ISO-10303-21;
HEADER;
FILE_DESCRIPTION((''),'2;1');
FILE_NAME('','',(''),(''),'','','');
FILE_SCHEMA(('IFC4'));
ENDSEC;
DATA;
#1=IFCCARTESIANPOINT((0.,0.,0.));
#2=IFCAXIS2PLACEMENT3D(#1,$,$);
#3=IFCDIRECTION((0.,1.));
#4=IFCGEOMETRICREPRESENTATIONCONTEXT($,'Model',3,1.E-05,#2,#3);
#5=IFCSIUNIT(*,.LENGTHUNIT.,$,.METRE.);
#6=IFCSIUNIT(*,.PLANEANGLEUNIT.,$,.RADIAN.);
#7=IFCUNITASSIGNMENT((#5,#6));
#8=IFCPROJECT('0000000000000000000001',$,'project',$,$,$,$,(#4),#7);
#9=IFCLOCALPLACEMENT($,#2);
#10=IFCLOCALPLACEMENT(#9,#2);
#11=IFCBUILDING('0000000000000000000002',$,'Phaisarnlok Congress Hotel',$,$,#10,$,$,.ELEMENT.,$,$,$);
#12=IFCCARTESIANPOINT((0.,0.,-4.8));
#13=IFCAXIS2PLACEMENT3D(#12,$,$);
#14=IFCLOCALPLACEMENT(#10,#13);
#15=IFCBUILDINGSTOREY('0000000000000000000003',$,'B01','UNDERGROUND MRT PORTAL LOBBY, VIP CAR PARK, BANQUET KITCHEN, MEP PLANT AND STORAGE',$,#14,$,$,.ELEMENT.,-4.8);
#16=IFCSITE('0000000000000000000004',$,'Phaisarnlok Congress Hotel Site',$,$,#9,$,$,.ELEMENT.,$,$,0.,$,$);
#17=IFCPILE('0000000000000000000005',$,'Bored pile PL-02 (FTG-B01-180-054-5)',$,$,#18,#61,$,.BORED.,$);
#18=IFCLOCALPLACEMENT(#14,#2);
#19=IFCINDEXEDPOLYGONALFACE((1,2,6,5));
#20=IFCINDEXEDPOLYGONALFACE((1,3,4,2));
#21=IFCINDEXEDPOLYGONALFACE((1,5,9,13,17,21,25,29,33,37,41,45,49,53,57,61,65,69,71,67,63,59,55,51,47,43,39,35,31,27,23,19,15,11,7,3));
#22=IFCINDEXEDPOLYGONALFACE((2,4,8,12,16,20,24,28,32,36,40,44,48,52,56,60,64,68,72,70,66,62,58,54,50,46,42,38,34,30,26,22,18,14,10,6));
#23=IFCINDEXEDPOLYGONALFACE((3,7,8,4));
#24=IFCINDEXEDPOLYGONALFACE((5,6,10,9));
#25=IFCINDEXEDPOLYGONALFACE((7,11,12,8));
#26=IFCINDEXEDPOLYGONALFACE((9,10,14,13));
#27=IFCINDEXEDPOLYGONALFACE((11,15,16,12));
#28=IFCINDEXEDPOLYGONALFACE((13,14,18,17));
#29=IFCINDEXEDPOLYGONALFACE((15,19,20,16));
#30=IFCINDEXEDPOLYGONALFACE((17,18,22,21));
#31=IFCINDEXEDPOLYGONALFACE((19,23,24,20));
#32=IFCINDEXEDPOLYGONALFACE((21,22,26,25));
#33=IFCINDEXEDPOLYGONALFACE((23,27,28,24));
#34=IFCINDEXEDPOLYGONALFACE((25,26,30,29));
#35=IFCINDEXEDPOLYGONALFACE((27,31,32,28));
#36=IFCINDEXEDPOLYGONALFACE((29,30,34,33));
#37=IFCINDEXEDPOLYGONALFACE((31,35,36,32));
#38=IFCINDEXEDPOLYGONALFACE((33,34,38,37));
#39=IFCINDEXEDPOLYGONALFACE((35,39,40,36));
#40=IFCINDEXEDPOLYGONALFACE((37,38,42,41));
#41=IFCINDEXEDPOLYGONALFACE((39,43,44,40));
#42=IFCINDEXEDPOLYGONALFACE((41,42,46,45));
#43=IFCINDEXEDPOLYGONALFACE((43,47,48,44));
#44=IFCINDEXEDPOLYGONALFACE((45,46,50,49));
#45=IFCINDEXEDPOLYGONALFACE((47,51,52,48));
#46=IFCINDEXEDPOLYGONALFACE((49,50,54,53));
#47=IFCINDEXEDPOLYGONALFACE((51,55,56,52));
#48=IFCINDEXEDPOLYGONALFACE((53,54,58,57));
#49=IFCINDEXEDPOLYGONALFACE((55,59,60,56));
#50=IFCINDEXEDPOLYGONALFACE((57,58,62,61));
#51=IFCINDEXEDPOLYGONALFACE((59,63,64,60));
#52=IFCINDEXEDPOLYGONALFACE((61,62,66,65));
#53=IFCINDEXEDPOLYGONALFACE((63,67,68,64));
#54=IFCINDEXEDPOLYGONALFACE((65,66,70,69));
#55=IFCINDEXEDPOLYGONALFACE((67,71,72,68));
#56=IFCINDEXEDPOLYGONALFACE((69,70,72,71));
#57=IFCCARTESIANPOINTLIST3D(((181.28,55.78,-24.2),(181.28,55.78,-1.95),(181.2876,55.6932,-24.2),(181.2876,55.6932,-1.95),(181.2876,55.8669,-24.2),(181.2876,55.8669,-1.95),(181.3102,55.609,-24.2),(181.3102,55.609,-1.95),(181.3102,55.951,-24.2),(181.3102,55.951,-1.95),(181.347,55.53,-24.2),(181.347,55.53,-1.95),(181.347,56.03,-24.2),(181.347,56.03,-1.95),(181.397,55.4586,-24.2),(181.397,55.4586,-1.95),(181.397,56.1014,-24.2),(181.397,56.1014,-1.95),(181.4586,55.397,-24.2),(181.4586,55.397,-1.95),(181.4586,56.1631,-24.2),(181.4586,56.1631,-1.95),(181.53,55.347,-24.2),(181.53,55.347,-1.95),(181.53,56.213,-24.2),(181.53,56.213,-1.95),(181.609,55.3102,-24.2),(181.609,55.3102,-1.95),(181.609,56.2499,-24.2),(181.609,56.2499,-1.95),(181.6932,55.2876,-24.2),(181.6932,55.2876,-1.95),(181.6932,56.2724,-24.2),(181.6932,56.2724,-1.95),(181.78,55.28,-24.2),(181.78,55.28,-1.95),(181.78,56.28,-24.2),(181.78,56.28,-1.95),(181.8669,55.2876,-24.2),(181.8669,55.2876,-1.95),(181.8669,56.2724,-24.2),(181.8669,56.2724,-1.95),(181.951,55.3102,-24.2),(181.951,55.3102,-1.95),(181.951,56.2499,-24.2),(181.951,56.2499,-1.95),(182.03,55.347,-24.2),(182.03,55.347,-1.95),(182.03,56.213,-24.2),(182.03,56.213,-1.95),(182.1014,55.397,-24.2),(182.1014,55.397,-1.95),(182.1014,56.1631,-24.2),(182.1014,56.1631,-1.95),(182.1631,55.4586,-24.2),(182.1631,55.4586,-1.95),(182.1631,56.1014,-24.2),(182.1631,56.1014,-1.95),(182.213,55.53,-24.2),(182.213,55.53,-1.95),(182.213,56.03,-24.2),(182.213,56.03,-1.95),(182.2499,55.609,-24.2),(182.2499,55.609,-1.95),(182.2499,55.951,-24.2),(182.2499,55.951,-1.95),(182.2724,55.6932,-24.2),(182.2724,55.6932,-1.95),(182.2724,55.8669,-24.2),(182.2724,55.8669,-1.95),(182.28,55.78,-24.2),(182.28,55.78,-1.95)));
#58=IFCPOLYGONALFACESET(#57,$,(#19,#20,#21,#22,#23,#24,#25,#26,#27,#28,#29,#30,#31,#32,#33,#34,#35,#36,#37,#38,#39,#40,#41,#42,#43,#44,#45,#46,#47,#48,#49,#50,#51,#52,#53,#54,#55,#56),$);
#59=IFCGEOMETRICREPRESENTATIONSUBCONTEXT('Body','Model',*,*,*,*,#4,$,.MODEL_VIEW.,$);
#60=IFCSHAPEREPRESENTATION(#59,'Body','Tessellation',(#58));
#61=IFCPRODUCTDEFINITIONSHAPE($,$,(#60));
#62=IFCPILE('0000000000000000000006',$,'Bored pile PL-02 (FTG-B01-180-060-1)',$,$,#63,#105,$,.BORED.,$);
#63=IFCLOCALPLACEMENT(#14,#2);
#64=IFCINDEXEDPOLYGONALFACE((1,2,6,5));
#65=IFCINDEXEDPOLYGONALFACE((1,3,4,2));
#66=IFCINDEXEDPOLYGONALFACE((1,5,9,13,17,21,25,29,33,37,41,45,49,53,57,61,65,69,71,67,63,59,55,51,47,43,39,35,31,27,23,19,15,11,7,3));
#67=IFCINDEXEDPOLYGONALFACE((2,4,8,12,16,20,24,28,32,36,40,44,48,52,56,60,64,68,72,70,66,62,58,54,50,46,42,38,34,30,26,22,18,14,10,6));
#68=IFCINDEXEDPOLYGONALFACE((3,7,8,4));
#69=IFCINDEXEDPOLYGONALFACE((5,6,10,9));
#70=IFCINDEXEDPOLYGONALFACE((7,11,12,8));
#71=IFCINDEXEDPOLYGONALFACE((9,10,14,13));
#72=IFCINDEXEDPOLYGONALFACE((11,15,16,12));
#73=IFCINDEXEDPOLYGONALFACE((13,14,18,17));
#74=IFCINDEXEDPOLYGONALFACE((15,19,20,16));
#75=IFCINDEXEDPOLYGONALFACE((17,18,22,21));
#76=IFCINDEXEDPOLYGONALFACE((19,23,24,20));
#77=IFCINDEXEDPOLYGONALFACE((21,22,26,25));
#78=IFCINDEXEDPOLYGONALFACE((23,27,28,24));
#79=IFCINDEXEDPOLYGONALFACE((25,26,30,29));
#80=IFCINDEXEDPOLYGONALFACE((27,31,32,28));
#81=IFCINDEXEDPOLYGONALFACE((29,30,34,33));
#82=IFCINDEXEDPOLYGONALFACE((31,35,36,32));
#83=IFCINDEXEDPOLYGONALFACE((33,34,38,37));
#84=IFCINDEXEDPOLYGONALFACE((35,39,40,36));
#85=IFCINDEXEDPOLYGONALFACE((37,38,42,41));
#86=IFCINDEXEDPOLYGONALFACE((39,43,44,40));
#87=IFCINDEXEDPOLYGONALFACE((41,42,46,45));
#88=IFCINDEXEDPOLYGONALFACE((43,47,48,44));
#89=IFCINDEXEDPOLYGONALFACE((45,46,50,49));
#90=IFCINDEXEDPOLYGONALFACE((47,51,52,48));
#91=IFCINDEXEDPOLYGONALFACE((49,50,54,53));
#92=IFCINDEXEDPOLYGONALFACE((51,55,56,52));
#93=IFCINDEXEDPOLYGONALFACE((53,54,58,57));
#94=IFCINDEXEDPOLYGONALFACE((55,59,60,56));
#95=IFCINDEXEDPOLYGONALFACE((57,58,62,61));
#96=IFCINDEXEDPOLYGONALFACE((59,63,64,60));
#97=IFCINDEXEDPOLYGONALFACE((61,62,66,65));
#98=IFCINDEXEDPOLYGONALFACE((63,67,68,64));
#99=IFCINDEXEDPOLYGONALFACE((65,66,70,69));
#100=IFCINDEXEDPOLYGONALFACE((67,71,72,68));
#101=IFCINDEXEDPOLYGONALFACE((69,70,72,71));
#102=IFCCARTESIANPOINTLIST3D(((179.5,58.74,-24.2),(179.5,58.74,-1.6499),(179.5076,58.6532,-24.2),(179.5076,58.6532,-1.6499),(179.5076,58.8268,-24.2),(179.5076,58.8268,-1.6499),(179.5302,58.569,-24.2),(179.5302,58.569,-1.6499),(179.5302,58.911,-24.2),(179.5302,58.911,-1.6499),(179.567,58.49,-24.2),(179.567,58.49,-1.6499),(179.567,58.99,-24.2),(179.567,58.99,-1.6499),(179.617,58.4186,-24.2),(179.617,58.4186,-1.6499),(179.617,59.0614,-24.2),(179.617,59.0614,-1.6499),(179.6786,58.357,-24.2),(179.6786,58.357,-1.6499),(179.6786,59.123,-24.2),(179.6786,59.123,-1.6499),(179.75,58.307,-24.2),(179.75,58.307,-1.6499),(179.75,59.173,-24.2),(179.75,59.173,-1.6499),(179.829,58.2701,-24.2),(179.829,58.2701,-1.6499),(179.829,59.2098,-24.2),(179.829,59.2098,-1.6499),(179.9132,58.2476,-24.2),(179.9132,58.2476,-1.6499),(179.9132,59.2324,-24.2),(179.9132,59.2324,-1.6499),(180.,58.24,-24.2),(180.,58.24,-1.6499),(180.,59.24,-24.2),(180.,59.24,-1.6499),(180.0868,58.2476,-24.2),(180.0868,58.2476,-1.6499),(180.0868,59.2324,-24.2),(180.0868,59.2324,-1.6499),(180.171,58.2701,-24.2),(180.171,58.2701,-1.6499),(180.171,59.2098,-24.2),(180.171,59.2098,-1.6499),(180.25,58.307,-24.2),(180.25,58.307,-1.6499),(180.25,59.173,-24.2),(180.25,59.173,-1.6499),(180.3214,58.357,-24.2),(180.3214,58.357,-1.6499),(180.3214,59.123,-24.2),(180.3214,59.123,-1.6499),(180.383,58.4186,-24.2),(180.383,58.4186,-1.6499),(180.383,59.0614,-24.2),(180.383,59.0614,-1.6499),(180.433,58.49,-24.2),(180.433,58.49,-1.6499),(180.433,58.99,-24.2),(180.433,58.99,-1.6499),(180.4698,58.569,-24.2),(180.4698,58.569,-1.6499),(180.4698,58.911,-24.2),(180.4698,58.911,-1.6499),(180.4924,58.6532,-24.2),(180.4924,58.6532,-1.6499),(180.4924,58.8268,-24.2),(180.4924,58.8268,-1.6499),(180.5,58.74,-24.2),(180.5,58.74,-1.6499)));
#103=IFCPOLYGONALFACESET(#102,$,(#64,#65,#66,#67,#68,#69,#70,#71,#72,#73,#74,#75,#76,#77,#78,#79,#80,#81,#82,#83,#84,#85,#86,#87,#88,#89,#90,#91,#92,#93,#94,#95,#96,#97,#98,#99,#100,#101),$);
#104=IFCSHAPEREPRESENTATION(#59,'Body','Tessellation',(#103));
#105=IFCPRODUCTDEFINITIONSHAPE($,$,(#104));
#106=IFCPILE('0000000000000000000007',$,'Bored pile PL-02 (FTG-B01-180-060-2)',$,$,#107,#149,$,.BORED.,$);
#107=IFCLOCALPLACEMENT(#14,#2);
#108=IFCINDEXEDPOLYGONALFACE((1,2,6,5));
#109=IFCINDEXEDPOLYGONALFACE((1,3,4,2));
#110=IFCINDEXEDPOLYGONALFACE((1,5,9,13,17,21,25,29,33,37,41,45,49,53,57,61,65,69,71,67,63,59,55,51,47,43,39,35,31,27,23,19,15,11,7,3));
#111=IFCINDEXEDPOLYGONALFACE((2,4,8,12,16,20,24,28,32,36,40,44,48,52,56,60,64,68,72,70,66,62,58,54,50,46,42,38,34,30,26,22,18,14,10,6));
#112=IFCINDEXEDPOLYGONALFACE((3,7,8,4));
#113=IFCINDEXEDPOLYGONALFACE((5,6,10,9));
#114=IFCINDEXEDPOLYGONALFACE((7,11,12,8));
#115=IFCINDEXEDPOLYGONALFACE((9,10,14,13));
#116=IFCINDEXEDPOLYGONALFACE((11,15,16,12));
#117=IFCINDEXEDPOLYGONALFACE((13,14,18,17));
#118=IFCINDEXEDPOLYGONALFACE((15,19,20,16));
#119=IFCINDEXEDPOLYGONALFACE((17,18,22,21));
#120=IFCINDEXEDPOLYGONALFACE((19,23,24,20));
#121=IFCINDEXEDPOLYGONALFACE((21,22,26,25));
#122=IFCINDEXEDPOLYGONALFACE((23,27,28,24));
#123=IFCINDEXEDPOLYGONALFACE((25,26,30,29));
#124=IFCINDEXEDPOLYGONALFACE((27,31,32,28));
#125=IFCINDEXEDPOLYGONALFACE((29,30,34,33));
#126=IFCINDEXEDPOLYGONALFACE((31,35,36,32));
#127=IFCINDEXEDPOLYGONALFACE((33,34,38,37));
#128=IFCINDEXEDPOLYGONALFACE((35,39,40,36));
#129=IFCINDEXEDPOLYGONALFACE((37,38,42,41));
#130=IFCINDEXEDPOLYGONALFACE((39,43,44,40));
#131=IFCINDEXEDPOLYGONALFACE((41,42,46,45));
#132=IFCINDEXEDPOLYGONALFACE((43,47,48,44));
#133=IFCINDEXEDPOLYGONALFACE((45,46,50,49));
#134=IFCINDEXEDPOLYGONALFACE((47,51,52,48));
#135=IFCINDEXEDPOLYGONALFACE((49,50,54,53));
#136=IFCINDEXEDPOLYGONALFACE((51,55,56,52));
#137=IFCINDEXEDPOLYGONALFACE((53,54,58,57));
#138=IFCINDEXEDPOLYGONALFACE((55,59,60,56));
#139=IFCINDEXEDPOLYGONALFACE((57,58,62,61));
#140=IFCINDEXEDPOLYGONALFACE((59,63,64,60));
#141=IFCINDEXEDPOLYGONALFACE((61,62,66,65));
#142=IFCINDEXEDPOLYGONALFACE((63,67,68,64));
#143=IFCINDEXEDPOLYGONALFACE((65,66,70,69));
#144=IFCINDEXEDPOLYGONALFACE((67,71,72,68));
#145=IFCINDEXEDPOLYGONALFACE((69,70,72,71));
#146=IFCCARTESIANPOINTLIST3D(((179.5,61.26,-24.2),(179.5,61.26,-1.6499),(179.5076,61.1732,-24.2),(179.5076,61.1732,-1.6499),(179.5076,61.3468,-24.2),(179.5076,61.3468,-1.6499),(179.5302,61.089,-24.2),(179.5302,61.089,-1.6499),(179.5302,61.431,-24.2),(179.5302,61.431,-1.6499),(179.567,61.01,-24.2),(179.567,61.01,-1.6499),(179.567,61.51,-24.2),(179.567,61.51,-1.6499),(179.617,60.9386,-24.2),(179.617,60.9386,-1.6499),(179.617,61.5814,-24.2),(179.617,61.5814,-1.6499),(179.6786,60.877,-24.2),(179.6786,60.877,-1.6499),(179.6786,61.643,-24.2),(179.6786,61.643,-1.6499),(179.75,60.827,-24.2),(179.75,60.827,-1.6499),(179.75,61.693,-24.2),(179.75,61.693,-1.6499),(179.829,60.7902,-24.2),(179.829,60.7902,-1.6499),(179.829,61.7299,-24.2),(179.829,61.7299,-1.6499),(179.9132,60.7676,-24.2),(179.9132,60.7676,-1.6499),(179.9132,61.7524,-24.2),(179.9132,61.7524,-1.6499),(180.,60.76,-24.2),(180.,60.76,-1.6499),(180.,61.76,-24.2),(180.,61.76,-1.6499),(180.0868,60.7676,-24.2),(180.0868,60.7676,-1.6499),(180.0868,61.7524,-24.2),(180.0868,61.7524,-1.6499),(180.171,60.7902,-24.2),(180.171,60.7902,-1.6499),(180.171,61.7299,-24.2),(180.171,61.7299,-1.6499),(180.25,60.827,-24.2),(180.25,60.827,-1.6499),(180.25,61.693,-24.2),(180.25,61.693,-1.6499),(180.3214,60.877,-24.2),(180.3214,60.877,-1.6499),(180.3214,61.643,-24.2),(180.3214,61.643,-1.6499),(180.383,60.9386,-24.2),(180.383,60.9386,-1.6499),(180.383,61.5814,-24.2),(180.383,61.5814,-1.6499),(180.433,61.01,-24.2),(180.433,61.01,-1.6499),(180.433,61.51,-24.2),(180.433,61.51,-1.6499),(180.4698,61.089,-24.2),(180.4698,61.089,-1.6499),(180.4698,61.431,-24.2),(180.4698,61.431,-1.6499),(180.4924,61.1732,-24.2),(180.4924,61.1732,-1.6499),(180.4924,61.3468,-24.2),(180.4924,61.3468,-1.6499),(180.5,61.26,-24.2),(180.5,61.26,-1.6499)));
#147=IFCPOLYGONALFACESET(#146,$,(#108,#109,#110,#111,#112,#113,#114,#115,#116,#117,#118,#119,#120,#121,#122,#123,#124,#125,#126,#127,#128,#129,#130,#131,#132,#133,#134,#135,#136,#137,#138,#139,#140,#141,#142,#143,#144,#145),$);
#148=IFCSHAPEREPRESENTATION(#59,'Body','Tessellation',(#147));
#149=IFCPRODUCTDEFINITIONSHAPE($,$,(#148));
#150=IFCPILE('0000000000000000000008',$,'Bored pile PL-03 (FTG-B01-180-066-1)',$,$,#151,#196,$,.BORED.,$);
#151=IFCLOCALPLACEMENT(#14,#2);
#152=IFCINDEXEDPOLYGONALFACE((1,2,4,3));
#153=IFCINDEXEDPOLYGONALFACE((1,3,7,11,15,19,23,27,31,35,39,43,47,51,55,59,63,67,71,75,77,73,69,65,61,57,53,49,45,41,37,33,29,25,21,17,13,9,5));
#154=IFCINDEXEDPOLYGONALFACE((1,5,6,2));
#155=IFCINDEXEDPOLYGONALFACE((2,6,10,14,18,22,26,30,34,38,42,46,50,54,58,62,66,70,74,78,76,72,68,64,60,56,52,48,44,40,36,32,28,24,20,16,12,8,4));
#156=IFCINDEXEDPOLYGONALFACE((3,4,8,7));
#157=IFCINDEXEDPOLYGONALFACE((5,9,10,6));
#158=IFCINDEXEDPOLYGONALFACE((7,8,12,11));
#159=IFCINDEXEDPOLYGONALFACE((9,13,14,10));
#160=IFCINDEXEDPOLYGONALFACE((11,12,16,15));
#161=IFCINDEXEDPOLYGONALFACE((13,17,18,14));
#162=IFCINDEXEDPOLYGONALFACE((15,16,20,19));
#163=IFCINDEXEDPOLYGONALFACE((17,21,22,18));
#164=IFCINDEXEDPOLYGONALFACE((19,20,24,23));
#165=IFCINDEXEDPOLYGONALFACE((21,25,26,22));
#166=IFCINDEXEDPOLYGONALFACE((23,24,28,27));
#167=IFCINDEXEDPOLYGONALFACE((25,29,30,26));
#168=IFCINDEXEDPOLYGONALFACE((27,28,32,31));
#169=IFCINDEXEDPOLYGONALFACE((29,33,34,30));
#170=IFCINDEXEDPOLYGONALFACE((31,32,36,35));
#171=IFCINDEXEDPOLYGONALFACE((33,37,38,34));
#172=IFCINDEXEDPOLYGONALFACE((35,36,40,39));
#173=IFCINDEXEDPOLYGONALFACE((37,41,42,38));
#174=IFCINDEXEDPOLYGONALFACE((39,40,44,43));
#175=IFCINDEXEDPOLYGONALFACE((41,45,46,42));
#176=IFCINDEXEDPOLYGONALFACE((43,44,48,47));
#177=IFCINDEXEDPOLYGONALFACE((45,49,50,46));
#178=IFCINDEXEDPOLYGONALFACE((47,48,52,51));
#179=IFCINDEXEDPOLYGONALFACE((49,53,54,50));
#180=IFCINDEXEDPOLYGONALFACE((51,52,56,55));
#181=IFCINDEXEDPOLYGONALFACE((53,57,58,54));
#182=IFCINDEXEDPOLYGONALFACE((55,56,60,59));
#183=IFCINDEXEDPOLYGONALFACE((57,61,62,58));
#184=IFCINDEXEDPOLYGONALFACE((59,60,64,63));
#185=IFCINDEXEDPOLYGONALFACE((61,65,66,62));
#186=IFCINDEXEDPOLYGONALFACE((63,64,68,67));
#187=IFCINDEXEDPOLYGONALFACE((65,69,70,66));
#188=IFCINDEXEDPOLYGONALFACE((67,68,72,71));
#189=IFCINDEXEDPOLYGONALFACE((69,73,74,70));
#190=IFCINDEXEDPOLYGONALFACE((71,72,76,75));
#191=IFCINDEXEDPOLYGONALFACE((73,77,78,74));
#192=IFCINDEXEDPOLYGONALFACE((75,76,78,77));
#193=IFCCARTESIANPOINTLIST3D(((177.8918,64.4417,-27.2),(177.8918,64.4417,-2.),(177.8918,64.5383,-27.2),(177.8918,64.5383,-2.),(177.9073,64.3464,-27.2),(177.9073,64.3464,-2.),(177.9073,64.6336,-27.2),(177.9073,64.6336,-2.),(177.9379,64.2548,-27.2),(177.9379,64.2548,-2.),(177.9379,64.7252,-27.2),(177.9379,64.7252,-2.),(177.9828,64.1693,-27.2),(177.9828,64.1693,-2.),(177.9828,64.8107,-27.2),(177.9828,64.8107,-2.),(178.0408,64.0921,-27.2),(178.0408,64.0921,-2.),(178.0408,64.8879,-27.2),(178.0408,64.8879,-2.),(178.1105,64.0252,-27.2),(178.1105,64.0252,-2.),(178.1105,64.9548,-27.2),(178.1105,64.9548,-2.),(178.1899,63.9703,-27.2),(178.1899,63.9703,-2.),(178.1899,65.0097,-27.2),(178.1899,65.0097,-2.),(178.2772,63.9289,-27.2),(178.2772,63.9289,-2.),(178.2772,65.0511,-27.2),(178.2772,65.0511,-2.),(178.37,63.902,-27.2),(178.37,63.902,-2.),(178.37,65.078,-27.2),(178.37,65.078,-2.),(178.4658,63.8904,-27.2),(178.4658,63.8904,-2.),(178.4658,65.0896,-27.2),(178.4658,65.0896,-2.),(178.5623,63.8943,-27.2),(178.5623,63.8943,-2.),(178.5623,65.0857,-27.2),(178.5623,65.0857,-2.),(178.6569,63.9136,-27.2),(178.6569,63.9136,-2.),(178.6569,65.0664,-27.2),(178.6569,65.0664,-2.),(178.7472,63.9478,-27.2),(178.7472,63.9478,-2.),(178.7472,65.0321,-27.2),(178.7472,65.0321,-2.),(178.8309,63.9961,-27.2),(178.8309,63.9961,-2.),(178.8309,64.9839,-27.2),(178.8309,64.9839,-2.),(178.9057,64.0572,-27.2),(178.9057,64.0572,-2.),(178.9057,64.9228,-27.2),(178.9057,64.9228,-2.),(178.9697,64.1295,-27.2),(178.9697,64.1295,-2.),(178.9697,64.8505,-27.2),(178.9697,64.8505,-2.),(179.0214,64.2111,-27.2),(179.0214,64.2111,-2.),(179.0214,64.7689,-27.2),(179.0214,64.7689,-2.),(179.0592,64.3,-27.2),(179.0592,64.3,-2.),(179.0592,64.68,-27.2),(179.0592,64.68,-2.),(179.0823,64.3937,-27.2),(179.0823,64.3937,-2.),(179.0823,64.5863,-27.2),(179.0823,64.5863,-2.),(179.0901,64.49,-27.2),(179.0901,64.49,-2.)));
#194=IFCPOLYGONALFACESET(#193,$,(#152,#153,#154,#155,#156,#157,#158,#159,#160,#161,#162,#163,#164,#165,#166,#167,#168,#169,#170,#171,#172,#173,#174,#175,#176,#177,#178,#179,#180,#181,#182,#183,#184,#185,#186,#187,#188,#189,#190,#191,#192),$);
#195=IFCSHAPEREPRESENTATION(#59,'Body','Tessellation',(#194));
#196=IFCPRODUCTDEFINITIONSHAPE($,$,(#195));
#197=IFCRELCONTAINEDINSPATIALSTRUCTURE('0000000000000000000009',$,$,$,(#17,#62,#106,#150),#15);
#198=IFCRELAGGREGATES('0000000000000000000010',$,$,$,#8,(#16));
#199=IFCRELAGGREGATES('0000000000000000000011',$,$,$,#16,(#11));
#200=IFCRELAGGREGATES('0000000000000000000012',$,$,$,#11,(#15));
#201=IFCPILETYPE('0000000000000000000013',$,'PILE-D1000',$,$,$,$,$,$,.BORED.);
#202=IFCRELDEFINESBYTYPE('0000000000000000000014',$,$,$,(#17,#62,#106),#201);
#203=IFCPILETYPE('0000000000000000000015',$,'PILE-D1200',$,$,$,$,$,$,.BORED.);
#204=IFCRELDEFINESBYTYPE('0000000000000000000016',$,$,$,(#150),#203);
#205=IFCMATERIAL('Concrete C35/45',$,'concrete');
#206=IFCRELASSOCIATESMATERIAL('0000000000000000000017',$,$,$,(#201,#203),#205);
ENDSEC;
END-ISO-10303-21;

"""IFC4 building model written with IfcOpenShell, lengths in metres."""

from ifc_helpers import new_model, si_unit, direction, frame, origin, origin_2d, place, context, subcontext, project, spatial, circle, extrude, material, material_profile, profile_set, type_object, element, save


model = new_model("IFC4")

# Units and contexts
model_context = context("Model", 3, precision=1e-05, world=origin(), true_north=direction((0.0, 1.0)))
body_context = subcontext(model_context, "Body", "Model", "MODEL_VIEW")
ifc_project = project(units=[si_unit("LENGTHUNIT", "METRE"), si_unit("PLANEANGLEUNIT", "RADIAN")], contexts=[model_context])

# Site, building, storey
site_placement = place(None, origin())
site = spatial("IfcSite", under=ifc_project, at=site_placement, Name="Phaisarnlok Congress Hotel Site", CompositionType="ELEMENT", RefElevation=0.0)
building_placement = place(site_placement, origin())
building = spatial("IfcBuilding", under=site, at=building_placement, Name="Phaisarnlok Congress Hotel", CompositionType="ELEMENT")
storey_placement = place(building_placement, frame((0.0, 0.0, -4.8)))
storey = spatial("IfcBuildingStorey", under=building, at=storey_placement, Name="B01", Description="UNDERGROUND MRT PORTAL LOBBY, VIP CAR PARK, BANQUET KITCHEN, MEP PLANT AND STORAGE", CompositionType="ELEMENT", Elevation=-4.8)

# Piles
ifc_material_1 = material(Name="Concrete C35/45", Category="concrete")
ifc_material_profile_1 = material_profile(ifc_material_1, circle(Radius=0.5, at=origin_2d()), Name="BORED PILE D1000")
ifc_profile_set_1 = profile_set([ifc_material_profile_1], Name="Concrete C35/45")
pile_type_1 = type_object("IfcPileType", Name="PILE-D1000", PredefinedType="BORED", material=ifc_profile_set_1)
for number, where, z_axis, x_axis, name in (
    (1, (181.78, 55.78, -1.95), (0.0, 0.0, -1.0), (1.0, 0.0, 0.0), "Bored pile PL-02 (FTG-B01-180-054-5)"),
):
    element("IfcPile", number, at=place(storey_placement, frame(where, z_axis=z_axis, x_axis=x_axis)), inside=storey, type_object=pile_type_1, Name=name, PredefinedType="BORED", context=body_context, shape_type="SweptSolid", body=[
        extrude(circle(Radius=0.5, at=origin_2d()), origin(), (0.0, 0.0, 1.0), 22.25),
    ])
for number, where, z_axis, x_axis, name in (
    (2, (180.0, 58.74, -1.6499), (0.0, 0.0, -1.0), (1.0, 0.0, 0.0), "Bored pile PL-02 (FTG-B01-180-060-1)"),
    (3, (180.0, 61.26, -1.6499), (0.0, 0.0, -1.0), (1.0, 0.0, 0.0), "Bored pile PL-02 (FTG-B01-180-060-2)"),
):
    element("IfcPile", number, at=place(storey_placement, frame(where, z_axis=z_axis, x_axis=x_axis)), inside=storey, type_object=pile_type_1, Name=name, PredefinedType="BORED", context=body_context, shape_type="SweptSolid", body=[
        extrude(circle(Radius=0.5, at=origin_2d()), origin(), (0.0, 0.0, 1.0), 22.55),
    ])
ifc_material_profile_2 = material_profile(ifc_material_1, circle(Radius=0.6001, at=origin_2d()), Name="BORED PILE D1200")
ifc_profile_set_2 = profile_set([ifc_material_profile_2], Name="Concrete C35/45")
pile_type_2 = type_object("IfcPileType", Name="PILE-D1200", PredefinedType="BORED", material=ifc_profile_set_2)
for number, where, z_axis, x_axis, name in (
    (4, (178.49, 64.49, -2.0), (0.0, 0.0, -1.0), (1.0, 0.0, 0.0), "Bored pile PL-03 (FTG-B01-180-066-1)"),
):
    element("IfcPile", number, at=place(storey_placement, frame(where, z_axis=z_axis, x_axis=x_axis)), inside=storey, type_object=pile_type_2, Name=name, PredefinedType="BORED", context=body_context, shape_type="SweptSolid", body=[
        extrude(circle(Radius=0.6001, at=origin_2d()), origin(), (0.0, 0.0, 1.0), 25.2),
    ])

save(model, "model.ifc")
